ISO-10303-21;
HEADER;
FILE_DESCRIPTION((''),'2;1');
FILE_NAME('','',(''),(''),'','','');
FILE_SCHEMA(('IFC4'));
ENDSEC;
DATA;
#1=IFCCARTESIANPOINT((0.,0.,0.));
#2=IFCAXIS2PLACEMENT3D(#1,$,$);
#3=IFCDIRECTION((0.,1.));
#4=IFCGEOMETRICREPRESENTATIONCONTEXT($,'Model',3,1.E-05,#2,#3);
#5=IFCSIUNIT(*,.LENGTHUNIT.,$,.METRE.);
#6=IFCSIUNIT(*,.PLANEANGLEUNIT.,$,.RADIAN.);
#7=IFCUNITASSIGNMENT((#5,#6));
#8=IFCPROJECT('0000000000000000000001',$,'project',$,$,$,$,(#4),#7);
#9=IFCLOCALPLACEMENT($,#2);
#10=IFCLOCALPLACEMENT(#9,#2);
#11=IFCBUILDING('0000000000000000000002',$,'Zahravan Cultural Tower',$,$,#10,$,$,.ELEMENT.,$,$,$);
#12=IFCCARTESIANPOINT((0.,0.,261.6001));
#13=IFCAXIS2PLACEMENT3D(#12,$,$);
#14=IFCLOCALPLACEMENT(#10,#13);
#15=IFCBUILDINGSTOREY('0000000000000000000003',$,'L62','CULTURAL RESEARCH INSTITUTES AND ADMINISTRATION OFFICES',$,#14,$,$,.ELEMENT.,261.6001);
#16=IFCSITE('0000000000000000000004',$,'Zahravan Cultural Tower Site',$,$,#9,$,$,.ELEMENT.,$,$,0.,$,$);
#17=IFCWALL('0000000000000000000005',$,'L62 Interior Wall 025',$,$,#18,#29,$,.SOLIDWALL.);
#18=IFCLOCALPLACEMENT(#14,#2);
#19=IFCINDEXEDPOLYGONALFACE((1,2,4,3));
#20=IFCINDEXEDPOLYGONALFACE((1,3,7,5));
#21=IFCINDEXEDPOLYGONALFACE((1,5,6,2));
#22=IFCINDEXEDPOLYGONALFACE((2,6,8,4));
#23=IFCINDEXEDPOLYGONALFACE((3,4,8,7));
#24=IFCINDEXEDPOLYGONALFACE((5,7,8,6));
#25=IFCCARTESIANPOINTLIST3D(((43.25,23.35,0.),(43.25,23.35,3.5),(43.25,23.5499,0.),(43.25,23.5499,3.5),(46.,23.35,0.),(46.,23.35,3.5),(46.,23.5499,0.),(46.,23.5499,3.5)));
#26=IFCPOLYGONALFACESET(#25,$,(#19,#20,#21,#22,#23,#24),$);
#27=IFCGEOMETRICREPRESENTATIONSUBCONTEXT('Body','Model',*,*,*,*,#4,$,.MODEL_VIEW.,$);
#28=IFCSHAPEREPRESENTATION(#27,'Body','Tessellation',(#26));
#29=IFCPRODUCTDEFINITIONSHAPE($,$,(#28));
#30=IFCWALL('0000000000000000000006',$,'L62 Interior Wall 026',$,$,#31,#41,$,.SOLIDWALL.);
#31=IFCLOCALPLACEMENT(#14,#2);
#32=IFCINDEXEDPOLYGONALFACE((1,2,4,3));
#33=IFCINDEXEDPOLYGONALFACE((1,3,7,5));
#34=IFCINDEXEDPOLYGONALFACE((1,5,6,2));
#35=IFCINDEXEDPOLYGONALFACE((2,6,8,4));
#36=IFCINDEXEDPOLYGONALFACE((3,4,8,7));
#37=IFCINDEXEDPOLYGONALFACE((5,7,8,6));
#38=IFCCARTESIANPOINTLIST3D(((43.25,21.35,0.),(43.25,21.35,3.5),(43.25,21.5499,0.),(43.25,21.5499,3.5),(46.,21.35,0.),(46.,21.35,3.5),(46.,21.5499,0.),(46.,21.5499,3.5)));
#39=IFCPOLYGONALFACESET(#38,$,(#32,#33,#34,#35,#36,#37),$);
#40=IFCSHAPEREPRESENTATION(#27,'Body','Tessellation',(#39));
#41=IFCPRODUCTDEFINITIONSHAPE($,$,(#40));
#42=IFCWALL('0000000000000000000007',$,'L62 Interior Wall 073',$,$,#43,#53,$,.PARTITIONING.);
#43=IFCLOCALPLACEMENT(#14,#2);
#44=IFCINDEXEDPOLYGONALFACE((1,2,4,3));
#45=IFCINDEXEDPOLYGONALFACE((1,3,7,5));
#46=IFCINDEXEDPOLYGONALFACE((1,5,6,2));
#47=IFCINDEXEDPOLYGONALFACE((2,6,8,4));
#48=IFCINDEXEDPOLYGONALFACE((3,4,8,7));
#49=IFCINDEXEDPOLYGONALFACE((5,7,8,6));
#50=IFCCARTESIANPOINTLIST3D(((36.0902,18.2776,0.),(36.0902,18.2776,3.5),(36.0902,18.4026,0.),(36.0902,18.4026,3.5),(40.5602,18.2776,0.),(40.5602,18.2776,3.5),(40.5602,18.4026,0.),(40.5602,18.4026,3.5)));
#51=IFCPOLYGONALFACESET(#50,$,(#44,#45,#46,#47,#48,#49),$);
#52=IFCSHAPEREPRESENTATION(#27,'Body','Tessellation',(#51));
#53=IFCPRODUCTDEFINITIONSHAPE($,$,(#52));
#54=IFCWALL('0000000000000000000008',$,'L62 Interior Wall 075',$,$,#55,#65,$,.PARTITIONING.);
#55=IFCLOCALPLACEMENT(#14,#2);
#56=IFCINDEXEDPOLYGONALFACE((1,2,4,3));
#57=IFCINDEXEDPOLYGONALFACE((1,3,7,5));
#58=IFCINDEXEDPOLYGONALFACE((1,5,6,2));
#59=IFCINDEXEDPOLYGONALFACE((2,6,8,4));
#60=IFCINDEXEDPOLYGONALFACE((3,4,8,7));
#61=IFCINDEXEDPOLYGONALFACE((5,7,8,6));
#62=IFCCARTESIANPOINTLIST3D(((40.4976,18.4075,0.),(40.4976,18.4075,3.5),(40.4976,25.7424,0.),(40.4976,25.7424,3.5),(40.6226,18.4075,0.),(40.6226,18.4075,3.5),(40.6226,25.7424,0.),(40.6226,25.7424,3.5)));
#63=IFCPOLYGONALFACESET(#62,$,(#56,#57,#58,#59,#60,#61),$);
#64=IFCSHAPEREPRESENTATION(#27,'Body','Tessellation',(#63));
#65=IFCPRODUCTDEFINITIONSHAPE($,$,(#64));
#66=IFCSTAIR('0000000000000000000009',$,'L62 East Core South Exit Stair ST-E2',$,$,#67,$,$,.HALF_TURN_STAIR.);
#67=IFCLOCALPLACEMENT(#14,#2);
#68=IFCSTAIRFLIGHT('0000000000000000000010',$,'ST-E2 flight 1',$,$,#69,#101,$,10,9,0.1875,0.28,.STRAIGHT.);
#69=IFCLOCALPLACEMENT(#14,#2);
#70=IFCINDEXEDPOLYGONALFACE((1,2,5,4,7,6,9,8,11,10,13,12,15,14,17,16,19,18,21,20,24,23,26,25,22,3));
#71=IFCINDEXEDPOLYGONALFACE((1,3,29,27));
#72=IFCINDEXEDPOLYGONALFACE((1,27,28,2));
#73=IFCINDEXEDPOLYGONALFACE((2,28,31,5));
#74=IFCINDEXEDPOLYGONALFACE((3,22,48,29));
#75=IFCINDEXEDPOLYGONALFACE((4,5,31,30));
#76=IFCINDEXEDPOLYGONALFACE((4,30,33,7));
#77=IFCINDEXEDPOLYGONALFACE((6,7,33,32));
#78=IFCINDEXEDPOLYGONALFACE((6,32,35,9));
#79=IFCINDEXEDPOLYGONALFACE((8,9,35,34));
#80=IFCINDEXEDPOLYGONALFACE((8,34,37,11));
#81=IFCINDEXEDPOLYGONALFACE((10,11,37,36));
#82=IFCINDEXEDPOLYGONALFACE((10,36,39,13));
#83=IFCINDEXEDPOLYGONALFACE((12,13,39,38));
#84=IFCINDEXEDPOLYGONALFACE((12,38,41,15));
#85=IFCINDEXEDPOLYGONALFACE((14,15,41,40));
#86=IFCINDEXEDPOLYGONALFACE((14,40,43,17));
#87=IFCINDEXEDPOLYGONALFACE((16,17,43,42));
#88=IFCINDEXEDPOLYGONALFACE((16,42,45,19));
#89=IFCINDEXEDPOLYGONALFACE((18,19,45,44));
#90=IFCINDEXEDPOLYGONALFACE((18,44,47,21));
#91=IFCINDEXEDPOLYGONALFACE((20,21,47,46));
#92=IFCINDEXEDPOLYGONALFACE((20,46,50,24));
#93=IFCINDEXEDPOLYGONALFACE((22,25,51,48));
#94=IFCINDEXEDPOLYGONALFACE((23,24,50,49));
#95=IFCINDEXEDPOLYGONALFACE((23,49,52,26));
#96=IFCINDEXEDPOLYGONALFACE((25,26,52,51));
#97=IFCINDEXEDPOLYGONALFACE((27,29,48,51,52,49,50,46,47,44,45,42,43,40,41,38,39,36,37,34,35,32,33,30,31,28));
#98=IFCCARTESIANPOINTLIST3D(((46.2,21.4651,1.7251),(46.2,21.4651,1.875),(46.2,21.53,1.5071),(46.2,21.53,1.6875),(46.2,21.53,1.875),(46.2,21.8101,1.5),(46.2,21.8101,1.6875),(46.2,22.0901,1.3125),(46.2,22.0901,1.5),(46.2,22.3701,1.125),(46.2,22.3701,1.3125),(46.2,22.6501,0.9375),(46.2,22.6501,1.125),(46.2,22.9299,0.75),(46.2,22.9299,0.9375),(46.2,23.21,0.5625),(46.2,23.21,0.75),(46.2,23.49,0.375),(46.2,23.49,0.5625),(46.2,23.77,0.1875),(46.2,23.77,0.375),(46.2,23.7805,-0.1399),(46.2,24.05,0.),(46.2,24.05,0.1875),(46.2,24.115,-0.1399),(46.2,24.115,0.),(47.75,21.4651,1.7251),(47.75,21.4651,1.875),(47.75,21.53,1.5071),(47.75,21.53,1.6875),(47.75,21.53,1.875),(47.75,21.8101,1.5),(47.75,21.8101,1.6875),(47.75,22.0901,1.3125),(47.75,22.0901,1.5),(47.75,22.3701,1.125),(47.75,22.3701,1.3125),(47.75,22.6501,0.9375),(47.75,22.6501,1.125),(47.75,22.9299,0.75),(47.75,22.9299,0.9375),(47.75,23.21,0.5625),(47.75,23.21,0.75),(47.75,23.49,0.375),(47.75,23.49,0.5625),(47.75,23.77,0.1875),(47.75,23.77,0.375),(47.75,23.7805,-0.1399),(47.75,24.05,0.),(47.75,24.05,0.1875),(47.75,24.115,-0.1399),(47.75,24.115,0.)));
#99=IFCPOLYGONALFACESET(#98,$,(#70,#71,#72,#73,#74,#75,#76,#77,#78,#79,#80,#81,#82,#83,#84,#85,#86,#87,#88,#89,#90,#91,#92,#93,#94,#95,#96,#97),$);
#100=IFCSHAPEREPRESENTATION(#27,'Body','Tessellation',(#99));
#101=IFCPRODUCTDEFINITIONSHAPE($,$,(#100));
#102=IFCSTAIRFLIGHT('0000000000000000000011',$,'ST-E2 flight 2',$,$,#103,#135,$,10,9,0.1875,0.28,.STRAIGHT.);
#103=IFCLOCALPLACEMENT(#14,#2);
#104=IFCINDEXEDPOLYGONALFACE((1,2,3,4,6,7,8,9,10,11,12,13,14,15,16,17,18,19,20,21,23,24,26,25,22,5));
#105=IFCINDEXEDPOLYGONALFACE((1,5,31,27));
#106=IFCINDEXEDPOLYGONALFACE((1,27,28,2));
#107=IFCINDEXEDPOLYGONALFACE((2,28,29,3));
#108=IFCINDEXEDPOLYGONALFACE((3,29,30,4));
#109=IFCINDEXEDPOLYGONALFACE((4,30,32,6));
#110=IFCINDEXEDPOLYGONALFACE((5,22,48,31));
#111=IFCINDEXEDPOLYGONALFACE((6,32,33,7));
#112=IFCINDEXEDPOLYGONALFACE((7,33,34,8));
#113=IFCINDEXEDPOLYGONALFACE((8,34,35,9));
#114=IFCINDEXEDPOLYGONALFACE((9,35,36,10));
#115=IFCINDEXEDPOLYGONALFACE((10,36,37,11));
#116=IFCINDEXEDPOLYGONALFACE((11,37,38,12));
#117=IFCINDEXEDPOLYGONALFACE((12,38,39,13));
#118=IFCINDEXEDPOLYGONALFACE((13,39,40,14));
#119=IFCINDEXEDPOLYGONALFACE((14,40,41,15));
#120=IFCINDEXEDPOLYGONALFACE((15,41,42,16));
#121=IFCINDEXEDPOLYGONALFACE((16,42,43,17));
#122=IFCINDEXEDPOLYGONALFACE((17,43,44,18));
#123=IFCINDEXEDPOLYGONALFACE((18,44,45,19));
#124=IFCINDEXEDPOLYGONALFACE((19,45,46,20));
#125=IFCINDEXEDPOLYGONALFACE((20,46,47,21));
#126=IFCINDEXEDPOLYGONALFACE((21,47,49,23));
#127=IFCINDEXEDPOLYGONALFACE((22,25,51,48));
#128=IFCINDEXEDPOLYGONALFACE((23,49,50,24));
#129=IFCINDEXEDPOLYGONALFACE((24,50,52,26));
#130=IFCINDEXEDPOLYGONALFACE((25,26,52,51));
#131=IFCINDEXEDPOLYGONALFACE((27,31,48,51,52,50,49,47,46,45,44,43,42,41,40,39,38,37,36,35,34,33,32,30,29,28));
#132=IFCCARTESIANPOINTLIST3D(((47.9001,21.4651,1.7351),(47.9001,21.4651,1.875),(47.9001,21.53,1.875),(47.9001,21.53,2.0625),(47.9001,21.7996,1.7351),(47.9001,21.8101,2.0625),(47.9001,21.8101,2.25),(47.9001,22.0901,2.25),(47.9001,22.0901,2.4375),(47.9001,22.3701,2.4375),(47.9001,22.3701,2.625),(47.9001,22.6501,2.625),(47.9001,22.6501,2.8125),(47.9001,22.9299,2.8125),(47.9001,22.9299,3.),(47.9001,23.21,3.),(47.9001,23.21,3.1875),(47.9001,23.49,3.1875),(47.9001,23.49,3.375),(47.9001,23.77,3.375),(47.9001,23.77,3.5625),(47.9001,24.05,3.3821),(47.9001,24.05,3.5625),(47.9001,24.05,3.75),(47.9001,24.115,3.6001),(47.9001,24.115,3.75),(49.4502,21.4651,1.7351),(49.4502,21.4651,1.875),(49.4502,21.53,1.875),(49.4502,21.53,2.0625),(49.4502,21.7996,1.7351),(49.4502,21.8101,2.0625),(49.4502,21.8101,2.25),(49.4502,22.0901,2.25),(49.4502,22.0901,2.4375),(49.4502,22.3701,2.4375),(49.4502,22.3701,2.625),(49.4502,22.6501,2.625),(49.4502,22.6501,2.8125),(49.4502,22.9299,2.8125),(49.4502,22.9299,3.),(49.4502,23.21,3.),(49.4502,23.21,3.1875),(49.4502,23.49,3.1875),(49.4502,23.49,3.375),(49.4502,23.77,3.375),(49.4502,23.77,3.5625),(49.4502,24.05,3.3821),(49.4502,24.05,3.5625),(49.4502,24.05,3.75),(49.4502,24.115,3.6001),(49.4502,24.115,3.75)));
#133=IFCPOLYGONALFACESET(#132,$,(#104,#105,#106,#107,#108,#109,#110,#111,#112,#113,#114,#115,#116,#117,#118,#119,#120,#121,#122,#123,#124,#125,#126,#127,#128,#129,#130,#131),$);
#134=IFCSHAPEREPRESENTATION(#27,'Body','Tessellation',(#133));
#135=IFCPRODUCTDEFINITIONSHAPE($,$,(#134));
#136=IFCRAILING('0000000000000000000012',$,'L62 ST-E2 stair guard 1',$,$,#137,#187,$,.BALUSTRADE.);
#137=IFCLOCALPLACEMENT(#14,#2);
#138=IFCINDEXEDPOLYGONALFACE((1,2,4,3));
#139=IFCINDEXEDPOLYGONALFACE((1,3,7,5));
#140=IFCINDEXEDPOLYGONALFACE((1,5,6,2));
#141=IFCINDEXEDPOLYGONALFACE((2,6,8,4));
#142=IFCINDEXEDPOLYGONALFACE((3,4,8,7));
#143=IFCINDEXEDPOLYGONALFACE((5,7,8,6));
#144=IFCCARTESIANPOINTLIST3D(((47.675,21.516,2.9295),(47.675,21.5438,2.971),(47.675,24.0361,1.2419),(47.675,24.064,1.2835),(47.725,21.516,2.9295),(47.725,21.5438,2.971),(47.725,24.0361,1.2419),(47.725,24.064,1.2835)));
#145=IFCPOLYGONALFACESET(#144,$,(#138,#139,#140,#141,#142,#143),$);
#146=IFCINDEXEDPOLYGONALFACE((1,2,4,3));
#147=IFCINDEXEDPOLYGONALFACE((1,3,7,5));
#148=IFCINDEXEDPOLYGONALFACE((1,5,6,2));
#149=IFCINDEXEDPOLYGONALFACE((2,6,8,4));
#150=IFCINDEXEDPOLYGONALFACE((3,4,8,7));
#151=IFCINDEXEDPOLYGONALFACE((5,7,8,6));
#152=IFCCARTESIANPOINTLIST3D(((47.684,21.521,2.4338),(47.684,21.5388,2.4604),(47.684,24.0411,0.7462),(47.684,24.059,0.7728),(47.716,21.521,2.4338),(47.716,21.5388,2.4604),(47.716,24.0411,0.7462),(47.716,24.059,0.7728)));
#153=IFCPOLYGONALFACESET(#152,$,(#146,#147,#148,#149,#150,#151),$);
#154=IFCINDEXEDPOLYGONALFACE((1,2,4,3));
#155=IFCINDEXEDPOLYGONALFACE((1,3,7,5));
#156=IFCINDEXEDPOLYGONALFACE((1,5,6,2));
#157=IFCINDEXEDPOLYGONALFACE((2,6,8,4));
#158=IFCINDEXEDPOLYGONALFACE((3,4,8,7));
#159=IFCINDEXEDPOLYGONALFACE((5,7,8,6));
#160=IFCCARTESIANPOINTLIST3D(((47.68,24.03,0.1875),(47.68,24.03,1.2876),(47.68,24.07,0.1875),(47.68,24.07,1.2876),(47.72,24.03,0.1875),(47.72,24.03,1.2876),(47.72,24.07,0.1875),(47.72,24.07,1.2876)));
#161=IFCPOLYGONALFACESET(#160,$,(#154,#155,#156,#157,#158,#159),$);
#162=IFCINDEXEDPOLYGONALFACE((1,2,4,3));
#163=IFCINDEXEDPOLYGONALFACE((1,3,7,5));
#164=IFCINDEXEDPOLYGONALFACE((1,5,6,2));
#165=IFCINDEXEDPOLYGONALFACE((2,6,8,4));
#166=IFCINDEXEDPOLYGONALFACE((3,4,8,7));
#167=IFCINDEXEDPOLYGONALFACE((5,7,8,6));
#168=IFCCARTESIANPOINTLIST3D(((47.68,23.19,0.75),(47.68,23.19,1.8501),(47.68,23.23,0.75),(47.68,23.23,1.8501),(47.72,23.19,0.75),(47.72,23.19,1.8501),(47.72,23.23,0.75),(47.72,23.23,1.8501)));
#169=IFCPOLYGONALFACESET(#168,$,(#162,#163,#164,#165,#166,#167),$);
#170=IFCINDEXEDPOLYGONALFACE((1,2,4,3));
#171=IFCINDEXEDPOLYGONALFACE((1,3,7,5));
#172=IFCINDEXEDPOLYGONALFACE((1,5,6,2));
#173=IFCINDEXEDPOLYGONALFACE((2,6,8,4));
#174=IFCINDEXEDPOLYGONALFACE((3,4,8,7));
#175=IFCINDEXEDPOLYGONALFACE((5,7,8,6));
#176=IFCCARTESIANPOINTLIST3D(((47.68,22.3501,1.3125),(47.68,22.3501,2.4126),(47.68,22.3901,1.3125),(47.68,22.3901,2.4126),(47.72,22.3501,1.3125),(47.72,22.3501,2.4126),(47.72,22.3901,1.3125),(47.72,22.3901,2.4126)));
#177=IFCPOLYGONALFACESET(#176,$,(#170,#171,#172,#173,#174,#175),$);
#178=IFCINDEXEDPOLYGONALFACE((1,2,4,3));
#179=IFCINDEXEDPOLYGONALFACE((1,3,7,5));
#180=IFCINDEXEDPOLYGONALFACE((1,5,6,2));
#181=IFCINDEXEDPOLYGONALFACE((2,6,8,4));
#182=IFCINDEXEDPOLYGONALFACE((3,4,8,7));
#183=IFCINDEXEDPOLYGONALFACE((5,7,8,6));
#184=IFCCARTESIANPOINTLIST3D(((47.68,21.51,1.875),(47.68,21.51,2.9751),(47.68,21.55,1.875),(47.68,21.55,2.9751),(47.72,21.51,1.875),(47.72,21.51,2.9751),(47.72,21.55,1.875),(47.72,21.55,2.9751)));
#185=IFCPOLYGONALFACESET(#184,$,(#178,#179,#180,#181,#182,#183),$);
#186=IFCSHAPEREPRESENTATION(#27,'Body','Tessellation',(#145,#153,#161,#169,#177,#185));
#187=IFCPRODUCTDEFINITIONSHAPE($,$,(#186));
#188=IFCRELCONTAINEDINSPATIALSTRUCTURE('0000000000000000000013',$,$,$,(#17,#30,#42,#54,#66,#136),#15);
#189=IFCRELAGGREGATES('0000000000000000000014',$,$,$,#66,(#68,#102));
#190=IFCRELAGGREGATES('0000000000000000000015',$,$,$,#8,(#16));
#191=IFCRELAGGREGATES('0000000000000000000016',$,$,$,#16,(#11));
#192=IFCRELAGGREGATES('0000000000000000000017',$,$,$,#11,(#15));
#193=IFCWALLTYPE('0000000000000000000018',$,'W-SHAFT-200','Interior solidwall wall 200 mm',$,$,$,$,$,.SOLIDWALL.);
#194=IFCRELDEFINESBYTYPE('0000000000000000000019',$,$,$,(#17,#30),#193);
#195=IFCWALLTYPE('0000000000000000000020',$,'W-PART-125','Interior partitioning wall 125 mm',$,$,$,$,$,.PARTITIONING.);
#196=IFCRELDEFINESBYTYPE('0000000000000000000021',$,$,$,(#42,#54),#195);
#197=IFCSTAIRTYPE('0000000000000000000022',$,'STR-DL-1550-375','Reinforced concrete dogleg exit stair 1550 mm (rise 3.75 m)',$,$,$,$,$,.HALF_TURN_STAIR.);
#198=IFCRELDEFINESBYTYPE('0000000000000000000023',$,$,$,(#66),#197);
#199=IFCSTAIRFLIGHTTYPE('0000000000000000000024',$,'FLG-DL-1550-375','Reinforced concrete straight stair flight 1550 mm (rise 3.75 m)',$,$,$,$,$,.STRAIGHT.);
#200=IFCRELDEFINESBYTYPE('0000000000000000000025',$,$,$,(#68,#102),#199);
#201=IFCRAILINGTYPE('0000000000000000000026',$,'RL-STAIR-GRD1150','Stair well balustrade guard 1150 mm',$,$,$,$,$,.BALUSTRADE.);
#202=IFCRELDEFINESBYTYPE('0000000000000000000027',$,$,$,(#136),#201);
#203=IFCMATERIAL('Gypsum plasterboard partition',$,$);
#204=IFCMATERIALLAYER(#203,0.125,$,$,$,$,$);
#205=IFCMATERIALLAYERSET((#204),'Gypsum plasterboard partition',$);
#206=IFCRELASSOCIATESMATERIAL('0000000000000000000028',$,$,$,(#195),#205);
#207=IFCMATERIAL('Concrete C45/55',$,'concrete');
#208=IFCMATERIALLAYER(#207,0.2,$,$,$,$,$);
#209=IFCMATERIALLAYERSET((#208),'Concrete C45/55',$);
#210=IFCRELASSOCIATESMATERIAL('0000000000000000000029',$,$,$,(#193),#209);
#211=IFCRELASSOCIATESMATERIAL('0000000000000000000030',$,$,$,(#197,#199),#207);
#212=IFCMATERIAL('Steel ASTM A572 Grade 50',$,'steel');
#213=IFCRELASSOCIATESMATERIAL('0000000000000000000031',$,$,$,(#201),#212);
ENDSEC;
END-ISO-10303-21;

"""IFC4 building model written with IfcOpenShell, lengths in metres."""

from ifc_helpers import new_model, si_unit, direction, frame, frame_2d, origin, origin_2d, place, context, subcontext, project, spatial, polyline, rectangle, outline, extrude, source, transform, mapped, material, layer, layer_set, type_object, element, aggregate, save


model = new_model("IFC4")

# Units and contexts
model_context = context("Model", 3, precision=1e-05, world=origin(), true_north=direction((0.0, 1.0)))
body_context = subcontext(model_context, "Body", "Model", "MODEL_VIEW")
ifc_project = project(units=[si_unit("LENGTHUNIT", "METRE"), si_unit("PLANEANGLEUNIT", "RADIAN")], contexts=[model_context])

# Site, building, storey
site_placement = place(None, origin())
site = spatial("IfcSite", under=ifc_project, at=site_placement, Name="Zahravan Cultural Tower Site", CompositionType="ELEMENT", RefElevation=0.0)
building_placement = place(site_placement, origin())
building = spatial("IfcBuilding", under=site, at=building_placement, Name="Zahravan Cultural Tower", CompositionType="ELEMENT")
storey_placement = place(building_placement, frame((0.0, 0.0, 261.6001)))
storey = spatial("IfcBuildingStorey", under=building, at=storey_placement, Name="L62", Description="CULTURAL RESEARCH INSTITUTES AND ADMINISTRATION OFFICES", CompositionType="ELEMENT", Elevation=261.6001)

# Shared definitions
ifc_material_1 = material(Name="Gypsum plasterboard partition")
ifc_material_2 = material(Name="Steel ASTM A572 Grade 50", Category="steel")
ifc_layer_1 = layer(ifc_material_1, 0.125)
ifc_layer_set_1 = layer_set([ifc_layer_1], Name="Gypsum plasterboard partition")
wall_type_1 = type_object("IfcWallType", Name="W-PART-125", Description="Interior partitioning wall 125 mm", PredefinedType="PARTITIONING", material=ifc_layer_set_1)
ifc_material_3 = material(Name="Concrete C45/55", Category="concrete")
ifc_layer_2 = layer(ifc_material_3, 0.2)
ifc_layer_set_2 = layer_set([ifc_layer_2], Name="Concrete C45/55")
wall_type_2 = type_object("IfcWallType", Name="W-SHAFT-200", Description="Interior solidwall wall 200 mm", PredefinedType="SOLIDWALL", material=ifc_layer_set_2)

# Walls
shared_shape_1 = source(origin(), body_context, "Body", "SweptSolid", [
    extrude(rectangle(XDim=2.75, YDim=0.2, at=frame_2d((1.375, 0.0))), origin(), (0.0, 0.0, 1.0), 3.5),
])
for number, where, z_axis, x_axis, name in (
    (1, (43.25, 23.45, 0.0), (0.0, 0.0, 1.0), (1.0, 0.0, 0.0), "L62 Interior Wall 025"),
    (2, (43.25, 21.45, 0.0), (0.0, 0.0, 1.0), (1.0, 0.0, 0.0), "L62 Interior Wall 026"),
):
    element("IfcWall", number, at=place(storey_placement, frame(where, z_axis=z_axis, x_axis=x_axis)), inside=storey, type_object=wall_type_2, Name=name, PredefinedType="SOLIDWALL", context=body_context, shape_type="MappedRepresentation", body=[
        mapped(shared_shape_1, transform((0.0, 0.0, 0.0), x_axis=(1.0, 0.0, 0.0), y_axis=(0.0, 1.0, 0.0), z_axis=(0.0, 0.0, 1.0), scale=1.0)),
    ])
shared_shape_2 = source(origin(), body_context, "Body", "SweptSolid", [
    extrude(rectangle(XDim=4.47, YDim=0.125, at=frame_2d((2.2349, 0.0))), origin(), (0.0, 0.0, 1.0), 3.5),
])
wall_1_placement = place(storey_placement, frame((40.5601, 18.3401, 0.0), z_axis=(0.0, 0.0, 1.0), x_axis=(-1.0, 0.0, 0.0)))
element("IfcWall", 3, at=wall_1_placement, inside=storey, type_object=wall_type_1, Name="L62 Interior Wall 073", PredefinedType="PARTITIONING", context=body_context, shape_type="MappedRepresentation", body=[
    mapped(shared_shape_2, transform((0.0, 0.0, 0.0), x_axis=(1.0, 0.0, 0.0), y_axis=(0.0, 1.0, 0.0), z_axis=(0.0, 0.0, 1.0), scale=1.0)),
])
shared_shape_3 = source(origin(), body_context, "Body", "SweptSolid", [
    extrude(rectangle(XDim=7.335, YDim=0.125, at=frame_2d((3.6675, 0.0))), origin(), (0.0, 0.0, 1.0), 3.5),
])
wall_2_placement = place(storey_placement, frame((40.5601, 25.7424, 0.0), z_axis=(0.0, 0.0, 1.0), x_axis=(0.0, -1.0, 0.0)))
element("IfcWall", 4, at=wall_2_placement, inside=storey, type_object=wall_type_1, Name="L62 Interior Wall 075", PredefinedType="PARTITIONING", context=body_context, shape_type="MappedRepresentation", body=[
    mapped(shared_shape_3, transform((0.0, 0.0, 0.0), x_axis=(1.0, 0.0, 0.0), y_axis=(0.0, 1.0, 0.0), z_axis=(0.0, 0.0, 1.0), scale=1.0)),
])

# Stair, stair flights
stair_type = type_object("IfcStairType", Name="STR-DL-1550-375", Description="Reinforced concrete dogleg exit stair 1550 mm (rise 3.75 m)", PredefinedType="HALF_TURN_STAIR", material=ifc_material_3)
stair_placement = place(storey_placement, origin())
stair = element("IfcStair", 5, at=stair_placement, inside=storey, type_object=stair_type, Name="L62 East Core South Exit Stair ST-E2", PredefinedType="HALF_TURN_STAIR")
stair_flight_type = type_object("IfcStairFlightType", Name="FLG-DL-1550-375", Description="Reinforced concrete straight stair flight 1550 mm (rise 3.75 m)", PredefinedType="STRAIGHT", material=ifc_material_3)
stair_flight_1_placement = place(storey_placement, frame((46.9751, 24.05, 0.0), z_axis=(0.0, 0.0, 1.0), x_axis=(0.0, -1.0, 0.0)))
stair_flight_1 = element("IfcStairFlight", 6, at=stair_flight_1_placement, type_object=stair_flight_type, Name="ST-E2 flight 1", NumberOfRisers=10, NumberOfTreads=9, PredefinedType="STRAIGHT", RiserHeight=0.1875, TreadLength=0.28, context=body_context, shape_type="SweptSolid", body=[
    extrude(outline(polyline([(-0.0649, -0.1399), (-0.0649, 0.0), (0.0, 0.0), (0.0, 0.1875), (0.28, 0.1875), (0.28, 0.375), (0.5601, 0.375), (0.5601, 0.5625), (0.8401, 0.5625), (0.8401, 0.75), (1.1201, 0.75), (1.1201, 0.9375), (1.3999, 0.9375), (1.3999, 1.125), (1.6799, 1.125), (1.6799, 1.3125), (1.96, 1.3125), (1.96, 1.5), (2.24, 1.5), (2.24, 1.6875), (2.52, 1.6875), (2.52, 1.875), (2.585, 1.875), (2.585, 1.7251), (2.52, 1.5071), (0.2695, -0.1399), (-0.0649, -0.1399)])), frame((0.0, 0.7749, 0.0), z_axis=(0.0, -1.0, 0.0), x_axis=(1.0, 0.0, 0.0)), (0.0, 0.0, 1.0), 1.55),
])
stair_flight_2_placement = place(storey_placement, frame((48.675, 21.53, 1.875), z_axis=(0.0, 0.0, 1.0), x_axis=(0.0, 1.0, 0.0)))
stair_flight_2 = element("IfcStairFlight", 7, at=stair_flight_2_placement, type_object=stair_flight_type, Name="ST-E2 flight 2", NumberOfRisers=10, NumberOfTreads=9, PredefinedType="STRAIGHT", RiserHeight=0.1875, TreadLength=0.28, context=body_context, shape_type="SweptSolid", body=[
    extrude(outline(polyline([(-0.0649, -0.1399), (-0.0649, 0.0), (0.0, 0.0), (0.0, 0.1875), (0.28, 0.1875), (0.28, 0.375), (0.5601, 0.375), (0.5601, 0.5625), (0.8401, 0.5625), (0.8401, 0.75), (1.1201, 0.75), (1.1201, 0.9375), (1.3999, 0.9375), (1.3999, 1.125), (1.6799, 1.125), (1.6799, 1.3125), (1.96, 1.3125), (1.96, 1.5), (2.24, 1.5), (2.24, 1.6875), (2.52, 1.6875), (2.52, 1.875), (2.585, 1.875), (2.585, 1.7251), (2.52, 1.5071), (0.2695, -0.1399), (-0.0649, -0.1399)])), frame((0.0, 0.7749, 0.0), z_axis=(0.0, -1.0, 0.0), x_axis=(1.0, 0.0, 0.0)), (0.0, 0.0, 1.0), 1.55),
])
aggregate(stair, [stair_flight_1, stair_flight_2])

# Railing
railing_type_1 = type_object("IfcRailingType", Name="RL-STAIR-GRD1150", Description="Stair well balustrade guard 1150 mm", PredefinedType="BALUSTRADE", material=ifc_material_2)
railing_1_placement = place(storey_placement, frame((47.7, 24.05, 0.1875)))
element("IfcRailing", 8, at=railing_1_placement, inside=storey, type_object=railing_type_1, Name="L62 ST-E2 stair guard 1", PredefinedType="BALUSTRADE", context=body_context, shape_type="SweptSolid", body=[
    extrude(rectangle(XDim=0.05, YDim=0.05, at=origin_2d()), frame((0.0, 0.0, 1.0752), z_axis=(0.0, -0.830909, 0.556408), x_axis=(1.0, 0.0, 0.0)), (0.0, 0.0, 1.0), 3.033),
    extrude(rectangle(XDim=0.032, YDim=0.032, at=origin_2d()), frame((0.0, 0.0, 0.572), z_axis=(0.0, -0.830909, 0.556408), x_axis=(1.0, 0.0, 0.0)), (0.0, 0.0, 1.0), 3.033),
    extrude(rectangle(XDim=0.04, YDim=0.04, at=origin_2d()), origin(), (0.0, 0.0, 1.0), 1.1001),
    extrude(rectangle(XDim=0.04, YDim=0.04, at=origin_2d()), frame((0.0, -0.8401, 0.5625)), (0.0, 0.0, 1.0), 1.1001),
    extrude(rectangle(XDim=0.04, YDim=0.04, at=origin_2d()), frame((0.0, -1.6799, 1.125)), (0.0, 0.0, 1.0), 1.1001),
    extrude(rectangle(XDim=0.04, YDim=0.04, at=origin_2d()), frame((0.0, -2.52, 1.6875)), (0.0, 0.0, 1.0), 1.1001),
])

save(model, "model.ifc")
